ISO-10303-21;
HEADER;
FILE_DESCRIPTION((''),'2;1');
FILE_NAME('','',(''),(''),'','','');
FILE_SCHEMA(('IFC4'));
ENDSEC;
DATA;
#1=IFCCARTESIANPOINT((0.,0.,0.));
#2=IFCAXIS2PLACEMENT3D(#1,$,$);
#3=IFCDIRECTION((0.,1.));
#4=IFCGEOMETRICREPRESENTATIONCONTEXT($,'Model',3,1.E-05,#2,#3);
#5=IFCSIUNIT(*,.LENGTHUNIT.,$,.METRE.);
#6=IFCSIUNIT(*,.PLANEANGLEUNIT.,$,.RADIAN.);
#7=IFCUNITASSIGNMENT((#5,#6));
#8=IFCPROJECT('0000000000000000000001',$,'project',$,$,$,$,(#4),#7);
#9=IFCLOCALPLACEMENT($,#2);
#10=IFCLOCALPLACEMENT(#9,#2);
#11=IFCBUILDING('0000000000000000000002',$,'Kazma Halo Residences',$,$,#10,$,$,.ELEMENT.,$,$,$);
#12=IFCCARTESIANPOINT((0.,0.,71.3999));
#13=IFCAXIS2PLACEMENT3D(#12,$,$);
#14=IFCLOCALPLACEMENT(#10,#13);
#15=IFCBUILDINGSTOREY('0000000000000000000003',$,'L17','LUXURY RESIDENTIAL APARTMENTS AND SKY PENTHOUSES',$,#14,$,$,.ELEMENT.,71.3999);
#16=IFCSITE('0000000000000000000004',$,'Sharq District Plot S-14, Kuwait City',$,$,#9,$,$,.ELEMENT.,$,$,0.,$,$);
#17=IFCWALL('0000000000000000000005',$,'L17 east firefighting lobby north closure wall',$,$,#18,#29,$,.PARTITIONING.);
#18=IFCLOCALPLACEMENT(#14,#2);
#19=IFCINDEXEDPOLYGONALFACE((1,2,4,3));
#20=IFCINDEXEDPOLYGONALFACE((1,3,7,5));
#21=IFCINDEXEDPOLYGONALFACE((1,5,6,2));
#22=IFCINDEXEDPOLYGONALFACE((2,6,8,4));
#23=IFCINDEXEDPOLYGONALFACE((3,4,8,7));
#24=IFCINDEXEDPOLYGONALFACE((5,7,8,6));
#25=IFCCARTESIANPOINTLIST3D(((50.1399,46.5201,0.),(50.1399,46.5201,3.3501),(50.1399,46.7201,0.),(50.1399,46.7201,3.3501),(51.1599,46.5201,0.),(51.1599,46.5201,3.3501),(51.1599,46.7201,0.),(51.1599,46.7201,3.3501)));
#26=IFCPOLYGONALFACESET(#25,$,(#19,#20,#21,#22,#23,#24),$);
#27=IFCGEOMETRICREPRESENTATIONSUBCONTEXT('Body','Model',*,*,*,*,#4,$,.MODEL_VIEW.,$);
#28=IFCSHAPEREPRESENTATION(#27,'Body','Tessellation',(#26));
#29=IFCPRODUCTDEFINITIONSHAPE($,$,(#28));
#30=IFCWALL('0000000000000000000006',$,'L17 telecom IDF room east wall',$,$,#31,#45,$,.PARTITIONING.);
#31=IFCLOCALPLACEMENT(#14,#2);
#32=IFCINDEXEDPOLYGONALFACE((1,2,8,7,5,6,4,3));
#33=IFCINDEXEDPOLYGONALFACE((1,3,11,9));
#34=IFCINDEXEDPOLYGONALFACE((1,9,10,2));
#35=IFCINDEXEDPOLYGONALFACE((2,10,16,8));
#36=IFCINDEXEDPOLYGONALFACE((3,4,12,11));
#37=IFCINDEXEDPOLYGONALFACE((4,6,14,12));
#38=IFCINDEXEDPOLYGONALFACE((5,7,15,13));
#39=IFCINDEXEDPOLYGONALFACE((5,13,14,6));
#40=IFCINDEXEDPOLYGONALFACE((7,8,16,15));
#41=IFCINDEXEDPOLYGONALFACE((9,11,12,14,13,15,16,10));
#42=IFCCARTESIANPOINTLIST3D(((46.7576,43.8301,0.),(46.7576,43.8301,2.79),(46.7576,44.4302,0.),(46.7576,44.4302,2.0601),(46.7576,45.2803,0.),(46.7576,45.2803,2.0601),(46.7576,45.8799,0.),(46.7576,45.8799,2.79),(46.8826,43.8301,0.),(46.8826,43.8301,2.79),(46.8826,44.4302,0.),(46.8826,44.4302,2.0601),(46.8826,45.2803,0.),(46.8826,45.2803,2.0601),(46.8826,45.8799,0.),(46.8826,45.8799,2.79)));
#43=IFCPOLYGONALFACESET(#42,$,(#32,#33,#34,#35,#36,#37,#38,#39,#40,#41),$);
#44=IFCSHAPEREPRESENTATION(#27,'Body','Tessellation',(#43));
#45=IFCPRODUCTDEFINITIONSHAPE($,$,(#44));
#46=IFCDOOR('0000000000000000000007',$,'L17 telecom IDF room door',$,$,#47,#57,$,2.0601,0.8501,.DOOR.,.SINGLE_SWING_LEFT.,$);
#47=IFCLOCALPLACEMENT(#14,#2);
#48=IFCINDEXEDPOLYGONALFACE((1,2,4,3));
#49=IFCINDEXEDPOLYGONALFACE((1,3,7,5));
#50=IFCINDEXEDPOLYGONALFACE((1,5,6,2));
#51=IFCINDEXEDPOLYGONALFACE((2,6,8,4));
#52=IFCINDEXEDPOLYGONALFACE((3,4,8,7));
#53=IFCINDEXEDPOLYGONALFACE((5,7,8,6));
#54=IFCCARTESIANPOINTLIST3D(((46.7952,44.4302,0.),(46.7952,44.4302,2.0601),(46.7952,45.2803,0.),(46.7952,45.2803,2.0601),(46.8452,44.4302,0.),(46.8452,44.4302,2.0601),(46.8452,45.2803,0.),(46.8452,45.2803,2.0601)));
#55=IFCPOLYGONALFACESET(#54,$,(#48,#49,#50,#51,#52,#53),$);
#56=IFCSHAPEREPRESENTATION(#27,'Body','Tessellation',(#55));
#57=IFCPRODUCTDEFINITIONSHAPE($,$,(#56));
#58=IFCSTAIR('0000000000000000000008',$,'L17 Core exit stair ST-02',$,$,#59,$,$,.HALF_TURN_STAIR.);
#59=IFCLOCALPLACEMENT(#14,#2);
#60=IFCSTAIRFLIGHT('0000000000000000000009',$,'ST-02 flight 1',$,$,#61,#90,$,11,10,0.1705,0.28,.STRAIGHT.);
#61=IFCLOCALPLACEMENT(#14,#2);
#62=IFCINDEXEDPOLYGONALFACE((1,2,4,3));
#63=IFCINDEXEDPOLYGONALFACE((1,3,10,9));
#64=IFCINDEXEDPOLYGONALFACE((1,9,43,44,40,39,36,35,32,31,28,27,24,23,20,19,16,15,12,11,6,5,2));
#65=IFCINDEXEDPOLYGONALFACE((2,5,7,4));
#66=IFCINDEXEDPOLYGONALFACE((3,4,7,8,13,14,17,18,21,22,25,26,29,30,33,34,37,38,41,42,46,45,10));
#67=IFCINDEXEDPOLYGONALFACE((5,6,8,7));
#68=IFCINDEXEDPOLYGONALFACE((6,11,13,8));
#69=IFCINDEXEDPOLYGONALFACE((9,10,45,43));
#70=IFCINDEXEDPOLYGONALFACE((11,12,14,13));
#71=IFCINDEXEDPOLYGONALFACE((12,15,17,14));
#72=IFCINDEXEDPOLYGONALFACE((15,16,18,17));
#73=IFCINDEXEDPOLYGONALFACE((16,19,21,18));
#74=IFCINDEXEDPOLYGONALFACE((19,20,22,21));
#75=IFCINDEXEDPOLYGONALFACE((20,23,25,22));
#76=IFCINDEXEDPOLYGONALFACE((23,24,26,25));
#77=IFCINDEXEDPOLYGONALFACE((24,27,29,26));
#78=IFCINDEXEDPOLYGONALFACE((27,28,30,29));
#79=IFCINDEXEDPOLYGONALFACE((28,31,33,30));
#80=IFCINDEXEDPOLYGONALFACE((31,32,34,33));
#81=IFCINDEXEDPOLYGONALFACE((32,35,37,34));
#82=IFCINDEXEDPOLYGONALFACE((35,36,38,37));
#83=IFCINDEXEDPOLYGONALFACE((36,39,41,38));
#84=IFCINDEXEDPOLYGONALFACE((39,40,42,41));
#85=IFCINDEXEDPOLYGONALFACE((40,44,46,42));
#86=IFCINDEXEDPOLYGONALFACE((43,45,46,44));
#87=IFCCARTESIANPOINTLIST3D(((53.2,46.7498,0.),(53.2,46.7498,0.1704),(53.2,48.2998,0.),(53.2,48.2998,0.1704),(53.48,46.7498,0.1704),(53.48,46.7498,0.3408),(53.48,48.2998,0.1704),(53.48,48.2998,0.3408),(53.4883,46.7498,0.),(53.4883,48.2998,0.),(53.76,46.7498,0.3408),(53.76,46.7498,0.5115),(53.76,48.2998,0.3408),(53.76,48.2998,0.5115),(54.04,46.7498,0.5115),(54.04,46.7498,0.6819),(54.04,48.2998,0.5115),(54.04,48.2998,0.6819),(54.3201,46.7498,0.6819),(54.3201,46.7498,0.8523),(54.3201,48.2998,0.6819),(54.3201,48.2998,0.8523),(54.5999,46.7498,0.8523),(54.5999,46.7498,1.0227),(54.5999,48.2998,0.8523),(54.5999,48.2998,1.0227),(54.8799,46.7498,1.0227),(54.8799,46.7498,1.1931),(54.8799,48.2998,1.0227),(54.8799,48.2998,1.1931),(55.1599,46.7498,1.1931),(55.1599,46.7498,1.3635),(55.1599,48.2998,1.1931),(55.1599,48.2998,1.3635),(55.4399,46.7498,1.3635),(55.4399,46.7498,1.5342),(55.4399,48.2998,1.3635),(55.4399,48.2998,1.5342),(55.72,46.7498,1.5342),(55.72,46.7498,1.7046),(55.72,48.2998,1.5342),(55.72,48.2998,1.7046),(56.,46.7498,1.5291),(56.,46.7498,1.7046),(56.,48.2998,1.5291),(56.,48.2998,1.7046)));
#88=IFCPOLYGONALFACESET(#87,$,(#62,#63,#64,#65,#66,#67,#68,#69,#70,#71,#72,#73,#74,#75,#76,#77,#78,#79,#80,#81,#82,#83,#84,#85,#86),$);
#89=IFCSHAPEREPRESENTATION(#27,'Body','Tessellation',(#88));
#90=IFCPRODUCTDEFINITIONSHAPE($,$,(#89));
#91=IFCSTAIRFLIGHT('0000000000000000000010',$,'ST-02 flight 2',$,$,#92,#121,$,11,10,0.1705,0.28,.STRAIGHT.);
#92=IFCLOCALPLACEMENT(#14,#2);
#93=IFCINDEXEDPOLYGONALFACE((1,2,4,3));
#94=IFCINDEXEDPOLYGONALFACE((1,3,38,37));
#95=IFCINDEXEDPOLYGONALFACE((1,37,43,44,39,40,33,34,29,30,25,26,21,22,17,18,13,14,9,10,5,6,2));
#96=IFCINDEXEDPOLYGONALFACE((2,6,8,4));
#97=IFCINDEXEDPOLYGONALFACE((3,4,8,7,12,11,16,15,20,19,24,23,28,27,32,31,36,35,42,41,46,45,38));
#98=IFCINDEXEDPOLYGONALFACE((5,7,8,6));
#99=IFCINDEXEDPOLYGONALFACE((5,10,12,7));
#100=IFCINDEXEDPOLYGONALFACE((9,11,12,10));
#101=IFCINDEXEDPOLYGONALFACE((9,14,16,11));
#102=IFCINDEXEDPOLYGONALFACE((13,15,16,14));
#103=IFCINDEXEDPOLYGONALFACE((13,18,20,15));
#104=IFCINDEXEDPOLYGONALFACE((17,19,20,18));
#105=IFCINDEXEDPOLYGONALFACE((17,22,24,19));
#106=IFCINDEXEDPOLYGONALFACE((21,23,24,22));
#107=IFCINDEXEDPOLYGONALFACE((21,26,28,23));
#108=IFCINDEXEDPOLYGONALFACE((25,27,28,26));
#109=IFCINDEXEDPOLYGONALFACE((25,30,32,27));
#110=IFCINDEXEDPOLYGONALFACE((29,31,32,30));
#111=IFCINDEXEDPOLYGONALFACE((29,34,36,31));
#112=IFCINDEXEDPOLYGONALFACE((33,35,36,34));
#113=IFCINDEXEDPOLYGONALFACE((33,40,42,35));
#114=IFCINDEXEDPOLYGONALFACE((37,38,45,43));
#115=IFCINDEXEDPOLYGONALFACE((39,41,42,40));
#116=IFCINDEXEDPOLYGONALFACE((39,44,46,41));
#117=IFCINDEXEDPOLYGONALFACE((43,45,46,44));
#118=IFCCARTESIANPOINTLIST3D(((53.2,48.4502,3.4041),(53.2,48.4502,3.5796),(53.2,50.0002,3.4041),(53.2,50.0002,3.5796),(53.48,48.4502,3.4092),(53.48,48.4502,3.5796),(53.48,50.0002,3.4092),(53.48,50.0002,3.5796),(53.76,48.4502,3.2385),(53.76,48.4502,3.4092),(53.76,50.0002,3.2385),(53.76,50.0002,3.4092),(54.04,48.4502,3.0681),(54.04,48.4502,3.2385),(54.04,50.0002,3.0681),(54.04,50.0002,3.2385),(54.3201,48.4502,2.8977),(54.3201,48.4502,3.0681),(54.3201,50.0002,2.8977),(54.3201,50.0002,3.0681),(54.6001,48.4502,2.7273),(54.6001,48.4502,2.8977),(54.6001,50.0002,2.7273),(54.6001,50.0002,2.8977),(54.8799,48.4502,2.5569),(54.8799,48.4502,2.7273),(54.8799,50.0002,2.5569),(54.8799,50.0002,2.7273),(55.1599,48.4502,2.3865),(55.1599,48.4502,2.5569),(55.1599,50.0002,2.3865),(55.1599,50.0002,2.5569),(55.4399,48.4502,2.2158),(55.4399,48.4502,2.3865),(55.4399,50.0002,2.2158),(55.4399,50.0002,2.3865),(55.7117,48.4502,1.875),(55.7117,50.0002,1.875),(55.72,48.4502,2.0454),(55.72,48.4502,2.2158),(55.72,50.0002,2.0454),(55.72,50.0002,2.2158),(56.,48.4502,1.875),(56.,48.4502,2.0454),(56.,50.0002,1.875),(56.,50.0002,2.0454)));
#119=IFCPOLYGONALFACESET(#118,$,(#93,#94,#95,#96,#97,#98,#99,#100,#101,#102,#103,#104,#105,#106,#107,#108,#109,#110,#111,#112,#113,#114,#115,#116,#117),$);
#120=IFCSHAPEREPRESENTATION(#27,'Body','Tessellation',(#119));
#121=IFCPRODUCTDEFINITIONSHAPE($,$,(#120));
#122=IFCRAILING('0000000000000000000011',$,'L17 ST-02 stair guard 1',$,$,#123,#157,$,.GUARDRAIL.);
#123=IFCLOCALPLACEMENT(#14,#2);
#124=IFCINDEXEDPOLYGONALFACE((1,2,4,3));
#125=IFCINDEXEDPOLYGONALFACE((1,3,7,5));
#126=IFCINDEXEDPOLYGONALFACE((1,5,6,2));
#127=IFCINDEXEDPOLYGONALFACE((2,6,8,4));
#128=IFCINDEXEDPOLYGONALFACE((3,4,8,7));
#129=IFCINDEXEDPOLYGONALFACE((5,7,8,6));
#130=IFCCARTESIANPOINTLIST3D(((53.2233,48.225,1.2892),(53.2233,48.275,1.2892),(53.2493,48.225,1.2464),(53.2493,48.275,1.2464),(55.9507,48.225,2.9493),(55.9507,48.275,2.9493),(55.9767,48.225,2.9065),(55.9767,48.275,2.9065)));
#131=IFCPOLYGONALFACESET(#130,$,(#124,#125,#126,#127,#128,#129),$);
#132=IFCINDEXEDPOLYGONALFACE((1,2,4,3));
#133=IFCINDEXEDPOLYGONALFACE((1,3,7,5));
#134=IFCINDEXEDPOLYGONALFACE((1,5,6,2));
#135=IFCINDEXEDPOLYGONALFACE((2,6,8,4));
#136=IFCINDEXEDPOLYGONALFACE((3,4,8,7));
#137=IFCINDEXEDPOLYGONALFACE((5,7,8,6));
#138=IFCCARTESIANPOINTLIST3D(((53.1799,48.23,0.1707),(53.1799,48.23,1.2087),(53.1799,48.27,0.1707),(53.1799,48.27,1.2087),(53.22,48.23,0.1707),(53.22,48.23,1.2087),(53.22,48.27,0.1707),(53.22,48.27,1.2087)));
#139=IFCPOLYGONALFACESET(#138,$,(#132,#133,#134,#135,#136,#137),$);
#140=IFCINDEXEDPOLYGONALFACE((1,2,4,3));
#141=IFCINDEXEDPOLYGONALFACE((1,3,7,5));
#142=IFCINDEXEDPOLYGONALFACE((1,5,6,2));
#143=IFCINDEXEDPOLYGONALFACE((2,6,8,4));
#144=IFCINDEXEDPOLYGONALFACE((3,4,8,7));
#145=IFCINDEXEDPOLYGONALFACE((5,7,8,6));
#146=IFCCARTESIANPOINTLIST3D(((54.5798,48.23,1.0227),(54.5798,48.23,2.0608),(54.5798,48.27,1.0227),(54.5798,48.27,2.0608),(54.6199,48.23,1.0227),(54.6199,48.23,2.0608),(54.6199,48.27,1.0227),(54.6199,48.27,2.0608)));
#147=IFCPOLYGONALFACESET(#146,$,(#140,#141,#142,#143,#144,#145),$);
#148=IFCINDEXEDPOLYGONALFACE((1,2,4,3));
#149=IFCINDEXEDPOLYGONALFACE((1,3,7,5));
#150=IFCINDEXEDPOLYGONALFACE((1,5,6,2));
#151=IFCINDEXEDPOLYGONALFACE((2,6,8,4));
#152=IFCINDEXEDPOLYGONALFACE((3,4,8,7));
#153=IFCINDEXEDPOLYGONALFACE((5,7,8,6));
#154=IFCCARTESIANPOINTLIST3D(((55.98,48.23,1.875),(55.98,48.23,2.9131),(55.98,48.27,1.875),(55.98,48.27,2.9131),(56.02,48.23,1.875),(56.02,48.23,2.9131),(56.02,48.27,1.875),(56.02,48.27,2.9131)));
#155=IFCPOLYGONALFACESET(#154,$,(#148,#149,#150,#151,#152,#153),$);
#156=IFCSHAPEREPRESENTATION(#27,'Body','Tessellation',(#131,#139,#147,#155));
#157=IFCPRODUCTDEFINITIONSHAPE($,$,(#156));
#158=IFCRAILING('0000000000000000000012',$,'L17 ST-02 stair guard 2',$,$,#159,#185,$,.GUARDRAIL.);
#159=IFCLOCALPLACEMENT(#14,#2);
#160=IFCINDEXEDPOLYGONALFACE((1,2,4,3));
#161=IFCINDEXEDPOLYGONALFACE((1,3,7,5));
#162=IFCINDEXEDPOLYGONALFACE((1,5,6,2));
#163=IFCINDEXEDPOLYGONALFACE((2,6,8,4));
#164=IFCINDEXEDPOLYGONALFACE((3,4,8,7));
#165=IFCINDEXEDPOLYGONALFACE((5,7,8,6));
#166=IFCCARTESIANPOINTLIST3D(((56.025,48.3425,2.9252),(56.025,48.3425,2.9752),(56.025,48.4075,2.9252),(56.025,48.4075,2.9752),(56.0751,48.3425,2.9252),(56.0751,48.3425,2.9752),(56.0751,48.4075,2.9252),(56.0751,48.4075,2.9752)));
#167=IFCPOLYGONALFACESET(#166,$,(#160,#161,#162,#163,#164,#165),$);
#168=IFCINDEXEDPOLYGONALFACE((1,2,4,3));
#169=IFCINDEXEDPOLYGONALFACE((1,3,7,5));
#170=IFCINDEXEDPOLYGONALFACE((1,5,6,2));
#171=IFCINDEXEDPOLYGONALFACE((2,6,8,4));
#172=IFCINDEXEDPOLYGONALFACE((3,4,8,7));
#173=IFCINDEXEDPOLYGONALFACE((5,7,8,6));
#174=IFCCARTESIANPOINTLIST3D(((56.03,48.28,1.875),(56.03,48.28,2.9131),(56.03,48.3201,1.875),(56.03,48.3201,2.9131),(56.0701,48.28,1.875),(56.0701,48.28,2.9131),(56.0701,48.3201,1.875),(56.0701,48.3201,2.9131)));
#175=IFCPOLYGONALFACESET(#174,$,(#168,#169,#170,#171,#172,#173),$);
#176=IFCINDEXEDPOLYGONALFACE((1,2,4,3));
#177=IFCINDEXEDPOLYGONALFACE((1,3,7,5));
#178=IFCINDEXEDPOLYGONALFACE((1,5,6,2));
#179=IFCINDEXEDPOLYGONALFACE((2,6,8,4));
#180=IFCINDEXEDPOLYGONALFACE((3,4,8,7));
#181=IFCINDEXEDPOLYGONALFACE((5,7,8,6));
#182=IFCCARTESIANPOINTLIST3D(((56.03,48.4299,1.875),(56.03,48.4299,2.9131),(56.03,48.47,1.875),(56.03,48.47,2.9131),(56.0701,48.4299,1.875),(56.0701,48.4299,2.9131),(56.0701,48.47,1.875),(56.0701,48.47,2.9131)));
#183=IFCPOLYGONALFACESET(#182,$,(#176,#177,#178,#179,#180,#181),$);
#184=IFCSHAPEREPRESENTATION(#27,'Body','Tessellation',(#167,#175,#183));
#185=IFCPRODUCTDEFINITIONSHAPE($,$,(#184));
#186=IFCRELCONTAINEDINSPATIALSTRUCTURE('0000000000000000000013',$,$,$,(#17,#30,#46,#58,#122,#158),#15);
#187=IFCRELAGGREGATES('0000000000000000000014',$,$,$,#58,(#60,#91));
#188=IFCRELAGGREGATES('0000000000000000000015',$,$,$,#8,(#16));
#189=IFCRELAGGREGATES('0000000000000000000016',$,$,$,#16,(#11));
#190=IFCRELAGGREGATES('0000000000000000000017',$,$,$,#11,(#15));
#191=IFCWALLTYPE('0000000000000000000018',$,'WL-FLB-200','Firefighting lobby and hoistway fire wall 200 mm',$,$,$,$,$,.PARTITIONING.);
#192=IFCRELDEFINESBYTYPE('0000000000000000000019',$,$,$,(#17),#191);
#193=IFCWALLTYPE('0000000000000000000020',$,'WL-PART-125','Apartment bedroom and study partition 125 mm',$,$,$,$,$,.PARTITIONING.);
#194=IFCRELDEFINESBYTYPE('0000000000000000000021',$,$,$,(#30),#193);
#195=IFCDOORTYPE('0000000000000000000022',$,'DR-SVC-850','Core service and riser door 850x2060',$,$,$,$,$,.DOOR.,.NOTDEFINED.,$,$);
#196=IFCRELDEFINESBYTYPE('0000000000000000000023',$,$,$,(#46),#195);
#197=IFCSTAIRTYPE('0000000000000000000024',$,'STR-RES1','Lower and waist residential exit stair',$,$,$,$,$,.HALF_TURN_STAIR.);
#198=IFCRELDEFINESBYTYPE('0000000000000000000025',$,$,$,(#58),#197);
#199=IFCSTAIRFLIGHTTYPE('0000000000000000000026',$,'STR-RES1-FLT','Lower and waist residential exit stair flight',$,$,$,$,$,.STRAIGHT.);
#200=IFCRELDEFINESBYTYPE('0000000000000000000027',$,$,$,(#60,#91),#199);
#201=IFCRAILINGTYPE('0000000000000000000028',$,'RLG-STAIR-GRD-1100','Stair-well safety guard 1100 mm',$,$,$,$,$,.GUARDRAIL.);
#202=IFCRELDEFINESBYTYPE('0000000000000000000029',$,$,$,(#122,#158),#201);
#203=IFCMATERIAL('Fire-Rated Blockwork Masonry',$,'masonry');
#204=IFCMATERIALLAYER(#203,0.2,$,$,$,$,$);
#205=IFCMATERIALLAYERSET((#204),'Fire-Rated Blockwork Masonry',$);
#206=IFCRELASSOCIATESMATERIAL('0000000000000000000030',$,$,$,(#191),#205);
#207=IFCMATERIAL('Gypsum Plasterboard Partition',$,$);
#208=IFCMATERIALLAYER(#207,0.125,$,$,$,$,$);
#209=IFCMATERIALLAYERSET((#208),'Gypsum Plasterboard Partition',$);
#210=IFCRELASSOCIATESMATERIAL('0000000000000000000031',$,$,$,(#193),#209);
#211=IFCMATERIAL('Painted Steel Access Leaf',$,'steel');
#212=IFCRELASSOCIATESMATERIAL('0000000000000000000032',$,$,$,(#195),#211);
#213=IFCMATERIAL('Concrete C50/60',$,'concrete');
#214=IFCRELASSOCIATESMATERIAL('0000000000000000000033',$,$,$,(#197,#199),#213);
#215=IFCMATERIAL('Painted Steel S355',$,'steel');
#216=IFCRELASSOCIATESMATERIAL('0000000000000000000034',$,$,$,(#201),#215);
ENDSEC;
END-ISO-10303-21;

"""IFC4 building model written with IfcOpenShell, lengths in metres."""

from ifc_helpers import new_model, si_unit, direction, frame, frame_2d, origin, origin_2d, place, context, subcontext, project, spatial, polyline, rectangle, outline, extrude, material, layer, layer_set, type_object, element, fill, aggregate, save


model = new_model("IFC4")

# Units and contexts
model_context = context("Model", 3, precision=1e-05, world=origin(), true_north=direction((0.0, 1.0)))
body_context = subcontext(model_context, "Body", "Model", "MODEL_VIEW")
ifc_project = project(units=[si_unit("LENGTHUNIT", "METRE"), si_unit("PLANEANGLEUNIT", "RADIAN")], contexts=[model_context])

# Site, building, storey
site_placement = place(None, origin())
site = spatial("IfcSite", under=ifc_project, at=site_placement, Name="Sharq District Plot S-14, Kuwait City", CompositionType="ELEMENT", RefElevation=0.0)
building_placement = place(site_placement, origin())
building = spatial("IfcBuilding", under=site, at=building_placement, Name="Kazma Halo Residences", CompositionType="ELEMENT")
storey_placement = place(building_placement, frame((0.0, 0.0, 71.3999)))
storey = spatial("IfcBuildingStorey", under=building, at=storey_placement, Name="L17", Description="LUXURY RESIDENTIAL APARTMENTS AND SKY PENTHOUSES", CompositionType="ELEMENT", Elevation=71.3999)

# Shared definitions
ifc_material_1 = material(Name="Fire-Rated Blockwork Masonry", Category="masonry")
ifc_layer_1 = layer(ifc_material_1, 0.2)
ifc_layer_set_1 = layer_set([ifc_layer_1], Name="Fire-Rated Blockwork Masonry")
wall_type_1 = type_object("IfcWallType", Name="WL-FLB-200", Description="Firefighting lobby and hoistway fire wall 200 mm", PredefinedType="PARTITIONING", material=ifc_layer_set_1)

# Wall
wall_1_placement = place(storey_placement, frame((50.1399, 46.6201, 0.0), z_axis=(0.0, 0.0, 1.0), x_axis=(1.0, 0.0, 0.0)))
element("IfcWall", 1, at=wall_1_placement, inside=storey, type_object=wall_type_1, Name="L17 east firefighting lobby north closure wall", PredefinedType="PARTITIONING", context=body_context, shape_type="SweptSolid", body=[
    extrude(rectangle(XDim=1.02, YDim=0.2, at=frame_2d((0.51, 0.0))), origin(), (0.0, 0.0, 1.0), 3.3501),
])

# Wall, opening, door
ifc_material_2 = material(Name="Gypsum Plasterboard Partition")
ifc_layer_2 = layer(ifc_material_2, 0.125)
ifc_layer_set_2 = layer_set([ifc_layer_2], Name="Gypsum Plasterboard Partition")
wall_type_2 = type_object("IfcWallType", Name="WL-PART-125", Description="Apartment bedroom and study partition 125 mm", PredefinedType="PARTITIONING", material=ifc_layer_set_2)
wall_2_placement = place(storey_placement, frame((46.8201, 43.8301, 0.0), z_axis=(0.0, 0.0, 1.0), x_axis=(0.0, 1.0, 0.0)))
wall_2 = element("IfcWall", 2, at=wall_2_placement, inside=storey, type_object=wall_type_2, Name="L17 telecom IDF room east wall", PredefinedType="PARTITIONING", context=body_context, shape_type="SweptSolid", body=[
    extrude(rectangle(XDim=2.0498, YDim=0.125, at=frame_2d((1.0249, 0.0))), origin(), (0.0, 0.0, 1.0), 2.79),
])
opening_1_placement = place(wall_2_placement, frame((0.6001, 0.0, 0.0)))
opening_1 = element("IfcOpeningElement", 3, at=opening_1_placement, cuts=wall_2, PredefinedType="OPENING", context=body_context, shape_type="SweptSolid", body=[
    extrude(rectangle(XDim=0.8501, YDim=2.0601, at=frame_2d((0.425, 1.03))), frame((0.0, 0.0725, 0.0), z_axis=(0.0, -1.0, 0.0), x_axis=(1.0, 0.0, 0.0)), (0.0, 0.0, 1.0), 0.145),
])
ifc_material_3 = material(Name="Painted Steel Access Leaf", Category="steel")
door_type_1 = type_object("IfcDoorType", Name="DR-SVC-850", Description="Core service and riser door 850x2060", OperationType="NOTDEFINED", PredefinedType="DOOR", material=ifc_material_3)
door_1_placement = place(opening_1_placement, origin())
door_1 = element("IfcDoor", 4, at=door_1_placement, inside=storey, type_object=door_type_1, Name="L17 telecom IDF room door", OperationType="SINGLE_SWING_LEFT", OverallHeight=2.0601, OverallWidth=0.8501, PredefinedType="DOOR", context=body_context, shape_type="SweptSolid", body=[
    extrude(rectangle(XDim=0.8501, YDim=2.0601, at=frame_2d((0.425, 1.03))), frame((0.0, 0.0249, 0.0), z_axis=(0.0, -1.0, 0.0), x_axis=(1.0, 0.0, 0.0)), (0.0, 0.0, 1.0), 0.05),
])
fill(opening_1, door_1)
ifc_material_4 = material(Name="Concrete C50/60", Category="concrete")

# Stair, stair flights
stair_type = type_object("IfcStairType", Name="STR-RES1", Description="Lower and waist residential exit stair", PredefinedType="HALF_TURN_STAIR", material=ifc_material_4)
stair_placement = place(storey_placement, origin())
stair = element("IfcStair", 5, at=stair_placement, inside=storey, type_object=stair_type, Name="L17 Core exit stair ST-02", PredefinedType="HALF_TURN_STAIR")
stair_flight_type = type_object("IfcStairFlightType", Name="STR-RES1-FLT", Description="Lower and waist residential exit stair flight", PredefinedType="STRAIGHT", material=ifc_material_4)
stair_flight_1_placement = place(storey_placement, frame((53.2, 47.5249, 0.0), z_axis=(0.0, 0.0, 1.0), x_axis=(1.0, 0.0, 0.0)))
stair_flight_1 = element("IfcStairFlight", 6, at=stair_flight_1_placement, type_object=stair_flight_type, Name="ST-02 flight 1", NumberOfRisers=11, NumberOfTreads=10, PredefinedType="STRAIGHT", RiserHeight=0.1705, TreadLength=0.28, context=body_context, shape_type="SweptSolid", body=[
    extrude(outline(polyline([(0.0, 0.0), (0.0, 0.1704), (0.28, 0.1704), (0.28, 0.3408), (0.5601, 0.3408), (0.5601, 0.5115), (0.8401, 0.5115), (0.8401, 0.6819), (1.1201, 0.6819), (1.1201, 0.8523), (1.3999, 0.8523), (1.3999, 1.0227), (1.6799, 1.0227), (1.6799, 1.1931), (1.96, 1.1931), (1.96, 1.3635), (2.24, 1.3635), (2.24, 1.5342), (2.52, 1.5342), (2.52, 1.7046), (2.8, 1.7046), (2.8, 1.875), (2.8, 1.5291), (0.2883, 0.0), (0.0, 0.0)])), frame((0.0, 0.7749, 0.0), z_axis=(0.0, -1.0, 0.0), x_axis=(1.0, 0.0, 0.0)), (0.0, 0.0, 1.0), 1.55),
])
stair_flight_2_placement = place(storey_placement, frame((56.0, 49.2251, 1.875), z_axis=(0.0, 0.0, 1.0), x_axis=(-1.0, 0.0, 0.0)))
stair_flight_2 = element("IfcStairFlight", 7, at=stair_flight_2_placement, type_object=stair_flight_type, Name="ST-02 flight 2", NumberOfRisers=11, NumberOfTreads=10, PredefinedType="STRAIGHT", RiserHeight=0.1705, TreadLength=0.28, context=body_context, shape_type="SweptSolid", body=[
    extrude(outline(polyline([(0.0, 0.0), (0.0, 0.1704), (0.28, 0.1704), (0.28, 0.3408), (0.5601, 0.3408), (0.5601, 0.5115), (0.8401, 0.5115), (0.8401, 0.6819), (1.1201, 0.6819), (1.1201, 0.8523), (1.3999, 0.8523), (1.3999, 1.0227), (1.6799, 1.0227), (1.6799, 1.1931), (1.96, 1.1931), (1.96, 1.3635), (2.24, 1.3635), (2.24, 1.5342), (2.52, 1.5342), (2.52, 1.7046), (2.8, 1.7046), (2.8, 1.875), (2.8, 1.5291), (0.2883, 0.0), (0.0, 0.0)])), frame((0.0, 0.7749, 0.0), z_axis=(0.0, -1.0, 0.0), x_axis=(1.0, 0.0, 0.0)), (0.0, 0.0, 1.0), 1.55),
])
aggregate(stair, [stair_flight_1, stair_flight_2])

# Railings
ifc_material_5 = material(Name="Painted Steel S355", Category="steel")
railing_type_1 = type_object("IfcRailingType", Name="RLG-STAIR-GRD-1100", Description="Stair-well safety guard 1100 mm", PredefinedType="GUARDRAIL", material=ifc_material_5)
railing_1_placement = place(storey_placement, frame((53.2, 48.25, 0.1707)))
element("IfcRailing", 8, at=railing_1_placement, inside=storey, type_object=railing_type_1, Name="L17 ST-02 stair guard 1", PredefinedType="GUARDRAIL", context=body_context, shape_type="SweptSolid", body=[
    extrude(rectangle(XDim=0.05, YDim=0.05, at=origin_2d()), frame((0.0364, 0.0, 1.0972), z_axis=(0.854203, 0.0, 0.51994), x_axis=(0.0, 1.0, 0.0)), (0.0, 0.0, 1.0), 3.1929),
    extrude(rectangle(XDim=0.04, YDim=0.04, at=origin_2d()), origin(), (0.0, 0.0, 1.0), 1.0381),
    extrude(rectangle(XDim=0.04, YDim=0.04, at=origin_2d()), frame((1.3999, 0.0, 0.8521)), (0.0, 0.0, 1.0), 1.0381),
    extrude(rectangle(XDim=0.04, YDim=0.04, at=origin_2d()), frame((2.8, 0.0, 1.7043)), (0.0, 0.0, 1.0), 1.0381),
])
railing_2_placement = place(storey_placement, frame((56.05, 48.3, 1.875)))
element("IfcRailing", 9, at=railing_2_placement, inside=storey, type_object=railing_type_1, Name="L17 ST-02 stair guard 2", PredefinedType="GUARDRAIL", context=body_context, shape_type="SweptSolid", body=[
    extrude(rectangle(XDim=0.05, YDim=0.05, at=origin_2d()), frame((0.0, 0.0425, 1.0752), z_axis=(0.0, 1.0, 0.0), x_axis=(-1.0, 0.0, 0.0)), (0.0, 0.0, 1.0), 0.0649),
    extrude(rectangle(XDim=0.04, YDim=0.04, at=origin_2d()), origin(), (0.0, 0.0, 1.0), 1.0381),
    extrude(rectangle(XDim=0.04, YDim=0.04, at=origin_2d()), frame((0.0, 0.1499, 0.0)), (0.0, 0.0, 1.0), 1.0381),
])

save(model, "model.ifc")
